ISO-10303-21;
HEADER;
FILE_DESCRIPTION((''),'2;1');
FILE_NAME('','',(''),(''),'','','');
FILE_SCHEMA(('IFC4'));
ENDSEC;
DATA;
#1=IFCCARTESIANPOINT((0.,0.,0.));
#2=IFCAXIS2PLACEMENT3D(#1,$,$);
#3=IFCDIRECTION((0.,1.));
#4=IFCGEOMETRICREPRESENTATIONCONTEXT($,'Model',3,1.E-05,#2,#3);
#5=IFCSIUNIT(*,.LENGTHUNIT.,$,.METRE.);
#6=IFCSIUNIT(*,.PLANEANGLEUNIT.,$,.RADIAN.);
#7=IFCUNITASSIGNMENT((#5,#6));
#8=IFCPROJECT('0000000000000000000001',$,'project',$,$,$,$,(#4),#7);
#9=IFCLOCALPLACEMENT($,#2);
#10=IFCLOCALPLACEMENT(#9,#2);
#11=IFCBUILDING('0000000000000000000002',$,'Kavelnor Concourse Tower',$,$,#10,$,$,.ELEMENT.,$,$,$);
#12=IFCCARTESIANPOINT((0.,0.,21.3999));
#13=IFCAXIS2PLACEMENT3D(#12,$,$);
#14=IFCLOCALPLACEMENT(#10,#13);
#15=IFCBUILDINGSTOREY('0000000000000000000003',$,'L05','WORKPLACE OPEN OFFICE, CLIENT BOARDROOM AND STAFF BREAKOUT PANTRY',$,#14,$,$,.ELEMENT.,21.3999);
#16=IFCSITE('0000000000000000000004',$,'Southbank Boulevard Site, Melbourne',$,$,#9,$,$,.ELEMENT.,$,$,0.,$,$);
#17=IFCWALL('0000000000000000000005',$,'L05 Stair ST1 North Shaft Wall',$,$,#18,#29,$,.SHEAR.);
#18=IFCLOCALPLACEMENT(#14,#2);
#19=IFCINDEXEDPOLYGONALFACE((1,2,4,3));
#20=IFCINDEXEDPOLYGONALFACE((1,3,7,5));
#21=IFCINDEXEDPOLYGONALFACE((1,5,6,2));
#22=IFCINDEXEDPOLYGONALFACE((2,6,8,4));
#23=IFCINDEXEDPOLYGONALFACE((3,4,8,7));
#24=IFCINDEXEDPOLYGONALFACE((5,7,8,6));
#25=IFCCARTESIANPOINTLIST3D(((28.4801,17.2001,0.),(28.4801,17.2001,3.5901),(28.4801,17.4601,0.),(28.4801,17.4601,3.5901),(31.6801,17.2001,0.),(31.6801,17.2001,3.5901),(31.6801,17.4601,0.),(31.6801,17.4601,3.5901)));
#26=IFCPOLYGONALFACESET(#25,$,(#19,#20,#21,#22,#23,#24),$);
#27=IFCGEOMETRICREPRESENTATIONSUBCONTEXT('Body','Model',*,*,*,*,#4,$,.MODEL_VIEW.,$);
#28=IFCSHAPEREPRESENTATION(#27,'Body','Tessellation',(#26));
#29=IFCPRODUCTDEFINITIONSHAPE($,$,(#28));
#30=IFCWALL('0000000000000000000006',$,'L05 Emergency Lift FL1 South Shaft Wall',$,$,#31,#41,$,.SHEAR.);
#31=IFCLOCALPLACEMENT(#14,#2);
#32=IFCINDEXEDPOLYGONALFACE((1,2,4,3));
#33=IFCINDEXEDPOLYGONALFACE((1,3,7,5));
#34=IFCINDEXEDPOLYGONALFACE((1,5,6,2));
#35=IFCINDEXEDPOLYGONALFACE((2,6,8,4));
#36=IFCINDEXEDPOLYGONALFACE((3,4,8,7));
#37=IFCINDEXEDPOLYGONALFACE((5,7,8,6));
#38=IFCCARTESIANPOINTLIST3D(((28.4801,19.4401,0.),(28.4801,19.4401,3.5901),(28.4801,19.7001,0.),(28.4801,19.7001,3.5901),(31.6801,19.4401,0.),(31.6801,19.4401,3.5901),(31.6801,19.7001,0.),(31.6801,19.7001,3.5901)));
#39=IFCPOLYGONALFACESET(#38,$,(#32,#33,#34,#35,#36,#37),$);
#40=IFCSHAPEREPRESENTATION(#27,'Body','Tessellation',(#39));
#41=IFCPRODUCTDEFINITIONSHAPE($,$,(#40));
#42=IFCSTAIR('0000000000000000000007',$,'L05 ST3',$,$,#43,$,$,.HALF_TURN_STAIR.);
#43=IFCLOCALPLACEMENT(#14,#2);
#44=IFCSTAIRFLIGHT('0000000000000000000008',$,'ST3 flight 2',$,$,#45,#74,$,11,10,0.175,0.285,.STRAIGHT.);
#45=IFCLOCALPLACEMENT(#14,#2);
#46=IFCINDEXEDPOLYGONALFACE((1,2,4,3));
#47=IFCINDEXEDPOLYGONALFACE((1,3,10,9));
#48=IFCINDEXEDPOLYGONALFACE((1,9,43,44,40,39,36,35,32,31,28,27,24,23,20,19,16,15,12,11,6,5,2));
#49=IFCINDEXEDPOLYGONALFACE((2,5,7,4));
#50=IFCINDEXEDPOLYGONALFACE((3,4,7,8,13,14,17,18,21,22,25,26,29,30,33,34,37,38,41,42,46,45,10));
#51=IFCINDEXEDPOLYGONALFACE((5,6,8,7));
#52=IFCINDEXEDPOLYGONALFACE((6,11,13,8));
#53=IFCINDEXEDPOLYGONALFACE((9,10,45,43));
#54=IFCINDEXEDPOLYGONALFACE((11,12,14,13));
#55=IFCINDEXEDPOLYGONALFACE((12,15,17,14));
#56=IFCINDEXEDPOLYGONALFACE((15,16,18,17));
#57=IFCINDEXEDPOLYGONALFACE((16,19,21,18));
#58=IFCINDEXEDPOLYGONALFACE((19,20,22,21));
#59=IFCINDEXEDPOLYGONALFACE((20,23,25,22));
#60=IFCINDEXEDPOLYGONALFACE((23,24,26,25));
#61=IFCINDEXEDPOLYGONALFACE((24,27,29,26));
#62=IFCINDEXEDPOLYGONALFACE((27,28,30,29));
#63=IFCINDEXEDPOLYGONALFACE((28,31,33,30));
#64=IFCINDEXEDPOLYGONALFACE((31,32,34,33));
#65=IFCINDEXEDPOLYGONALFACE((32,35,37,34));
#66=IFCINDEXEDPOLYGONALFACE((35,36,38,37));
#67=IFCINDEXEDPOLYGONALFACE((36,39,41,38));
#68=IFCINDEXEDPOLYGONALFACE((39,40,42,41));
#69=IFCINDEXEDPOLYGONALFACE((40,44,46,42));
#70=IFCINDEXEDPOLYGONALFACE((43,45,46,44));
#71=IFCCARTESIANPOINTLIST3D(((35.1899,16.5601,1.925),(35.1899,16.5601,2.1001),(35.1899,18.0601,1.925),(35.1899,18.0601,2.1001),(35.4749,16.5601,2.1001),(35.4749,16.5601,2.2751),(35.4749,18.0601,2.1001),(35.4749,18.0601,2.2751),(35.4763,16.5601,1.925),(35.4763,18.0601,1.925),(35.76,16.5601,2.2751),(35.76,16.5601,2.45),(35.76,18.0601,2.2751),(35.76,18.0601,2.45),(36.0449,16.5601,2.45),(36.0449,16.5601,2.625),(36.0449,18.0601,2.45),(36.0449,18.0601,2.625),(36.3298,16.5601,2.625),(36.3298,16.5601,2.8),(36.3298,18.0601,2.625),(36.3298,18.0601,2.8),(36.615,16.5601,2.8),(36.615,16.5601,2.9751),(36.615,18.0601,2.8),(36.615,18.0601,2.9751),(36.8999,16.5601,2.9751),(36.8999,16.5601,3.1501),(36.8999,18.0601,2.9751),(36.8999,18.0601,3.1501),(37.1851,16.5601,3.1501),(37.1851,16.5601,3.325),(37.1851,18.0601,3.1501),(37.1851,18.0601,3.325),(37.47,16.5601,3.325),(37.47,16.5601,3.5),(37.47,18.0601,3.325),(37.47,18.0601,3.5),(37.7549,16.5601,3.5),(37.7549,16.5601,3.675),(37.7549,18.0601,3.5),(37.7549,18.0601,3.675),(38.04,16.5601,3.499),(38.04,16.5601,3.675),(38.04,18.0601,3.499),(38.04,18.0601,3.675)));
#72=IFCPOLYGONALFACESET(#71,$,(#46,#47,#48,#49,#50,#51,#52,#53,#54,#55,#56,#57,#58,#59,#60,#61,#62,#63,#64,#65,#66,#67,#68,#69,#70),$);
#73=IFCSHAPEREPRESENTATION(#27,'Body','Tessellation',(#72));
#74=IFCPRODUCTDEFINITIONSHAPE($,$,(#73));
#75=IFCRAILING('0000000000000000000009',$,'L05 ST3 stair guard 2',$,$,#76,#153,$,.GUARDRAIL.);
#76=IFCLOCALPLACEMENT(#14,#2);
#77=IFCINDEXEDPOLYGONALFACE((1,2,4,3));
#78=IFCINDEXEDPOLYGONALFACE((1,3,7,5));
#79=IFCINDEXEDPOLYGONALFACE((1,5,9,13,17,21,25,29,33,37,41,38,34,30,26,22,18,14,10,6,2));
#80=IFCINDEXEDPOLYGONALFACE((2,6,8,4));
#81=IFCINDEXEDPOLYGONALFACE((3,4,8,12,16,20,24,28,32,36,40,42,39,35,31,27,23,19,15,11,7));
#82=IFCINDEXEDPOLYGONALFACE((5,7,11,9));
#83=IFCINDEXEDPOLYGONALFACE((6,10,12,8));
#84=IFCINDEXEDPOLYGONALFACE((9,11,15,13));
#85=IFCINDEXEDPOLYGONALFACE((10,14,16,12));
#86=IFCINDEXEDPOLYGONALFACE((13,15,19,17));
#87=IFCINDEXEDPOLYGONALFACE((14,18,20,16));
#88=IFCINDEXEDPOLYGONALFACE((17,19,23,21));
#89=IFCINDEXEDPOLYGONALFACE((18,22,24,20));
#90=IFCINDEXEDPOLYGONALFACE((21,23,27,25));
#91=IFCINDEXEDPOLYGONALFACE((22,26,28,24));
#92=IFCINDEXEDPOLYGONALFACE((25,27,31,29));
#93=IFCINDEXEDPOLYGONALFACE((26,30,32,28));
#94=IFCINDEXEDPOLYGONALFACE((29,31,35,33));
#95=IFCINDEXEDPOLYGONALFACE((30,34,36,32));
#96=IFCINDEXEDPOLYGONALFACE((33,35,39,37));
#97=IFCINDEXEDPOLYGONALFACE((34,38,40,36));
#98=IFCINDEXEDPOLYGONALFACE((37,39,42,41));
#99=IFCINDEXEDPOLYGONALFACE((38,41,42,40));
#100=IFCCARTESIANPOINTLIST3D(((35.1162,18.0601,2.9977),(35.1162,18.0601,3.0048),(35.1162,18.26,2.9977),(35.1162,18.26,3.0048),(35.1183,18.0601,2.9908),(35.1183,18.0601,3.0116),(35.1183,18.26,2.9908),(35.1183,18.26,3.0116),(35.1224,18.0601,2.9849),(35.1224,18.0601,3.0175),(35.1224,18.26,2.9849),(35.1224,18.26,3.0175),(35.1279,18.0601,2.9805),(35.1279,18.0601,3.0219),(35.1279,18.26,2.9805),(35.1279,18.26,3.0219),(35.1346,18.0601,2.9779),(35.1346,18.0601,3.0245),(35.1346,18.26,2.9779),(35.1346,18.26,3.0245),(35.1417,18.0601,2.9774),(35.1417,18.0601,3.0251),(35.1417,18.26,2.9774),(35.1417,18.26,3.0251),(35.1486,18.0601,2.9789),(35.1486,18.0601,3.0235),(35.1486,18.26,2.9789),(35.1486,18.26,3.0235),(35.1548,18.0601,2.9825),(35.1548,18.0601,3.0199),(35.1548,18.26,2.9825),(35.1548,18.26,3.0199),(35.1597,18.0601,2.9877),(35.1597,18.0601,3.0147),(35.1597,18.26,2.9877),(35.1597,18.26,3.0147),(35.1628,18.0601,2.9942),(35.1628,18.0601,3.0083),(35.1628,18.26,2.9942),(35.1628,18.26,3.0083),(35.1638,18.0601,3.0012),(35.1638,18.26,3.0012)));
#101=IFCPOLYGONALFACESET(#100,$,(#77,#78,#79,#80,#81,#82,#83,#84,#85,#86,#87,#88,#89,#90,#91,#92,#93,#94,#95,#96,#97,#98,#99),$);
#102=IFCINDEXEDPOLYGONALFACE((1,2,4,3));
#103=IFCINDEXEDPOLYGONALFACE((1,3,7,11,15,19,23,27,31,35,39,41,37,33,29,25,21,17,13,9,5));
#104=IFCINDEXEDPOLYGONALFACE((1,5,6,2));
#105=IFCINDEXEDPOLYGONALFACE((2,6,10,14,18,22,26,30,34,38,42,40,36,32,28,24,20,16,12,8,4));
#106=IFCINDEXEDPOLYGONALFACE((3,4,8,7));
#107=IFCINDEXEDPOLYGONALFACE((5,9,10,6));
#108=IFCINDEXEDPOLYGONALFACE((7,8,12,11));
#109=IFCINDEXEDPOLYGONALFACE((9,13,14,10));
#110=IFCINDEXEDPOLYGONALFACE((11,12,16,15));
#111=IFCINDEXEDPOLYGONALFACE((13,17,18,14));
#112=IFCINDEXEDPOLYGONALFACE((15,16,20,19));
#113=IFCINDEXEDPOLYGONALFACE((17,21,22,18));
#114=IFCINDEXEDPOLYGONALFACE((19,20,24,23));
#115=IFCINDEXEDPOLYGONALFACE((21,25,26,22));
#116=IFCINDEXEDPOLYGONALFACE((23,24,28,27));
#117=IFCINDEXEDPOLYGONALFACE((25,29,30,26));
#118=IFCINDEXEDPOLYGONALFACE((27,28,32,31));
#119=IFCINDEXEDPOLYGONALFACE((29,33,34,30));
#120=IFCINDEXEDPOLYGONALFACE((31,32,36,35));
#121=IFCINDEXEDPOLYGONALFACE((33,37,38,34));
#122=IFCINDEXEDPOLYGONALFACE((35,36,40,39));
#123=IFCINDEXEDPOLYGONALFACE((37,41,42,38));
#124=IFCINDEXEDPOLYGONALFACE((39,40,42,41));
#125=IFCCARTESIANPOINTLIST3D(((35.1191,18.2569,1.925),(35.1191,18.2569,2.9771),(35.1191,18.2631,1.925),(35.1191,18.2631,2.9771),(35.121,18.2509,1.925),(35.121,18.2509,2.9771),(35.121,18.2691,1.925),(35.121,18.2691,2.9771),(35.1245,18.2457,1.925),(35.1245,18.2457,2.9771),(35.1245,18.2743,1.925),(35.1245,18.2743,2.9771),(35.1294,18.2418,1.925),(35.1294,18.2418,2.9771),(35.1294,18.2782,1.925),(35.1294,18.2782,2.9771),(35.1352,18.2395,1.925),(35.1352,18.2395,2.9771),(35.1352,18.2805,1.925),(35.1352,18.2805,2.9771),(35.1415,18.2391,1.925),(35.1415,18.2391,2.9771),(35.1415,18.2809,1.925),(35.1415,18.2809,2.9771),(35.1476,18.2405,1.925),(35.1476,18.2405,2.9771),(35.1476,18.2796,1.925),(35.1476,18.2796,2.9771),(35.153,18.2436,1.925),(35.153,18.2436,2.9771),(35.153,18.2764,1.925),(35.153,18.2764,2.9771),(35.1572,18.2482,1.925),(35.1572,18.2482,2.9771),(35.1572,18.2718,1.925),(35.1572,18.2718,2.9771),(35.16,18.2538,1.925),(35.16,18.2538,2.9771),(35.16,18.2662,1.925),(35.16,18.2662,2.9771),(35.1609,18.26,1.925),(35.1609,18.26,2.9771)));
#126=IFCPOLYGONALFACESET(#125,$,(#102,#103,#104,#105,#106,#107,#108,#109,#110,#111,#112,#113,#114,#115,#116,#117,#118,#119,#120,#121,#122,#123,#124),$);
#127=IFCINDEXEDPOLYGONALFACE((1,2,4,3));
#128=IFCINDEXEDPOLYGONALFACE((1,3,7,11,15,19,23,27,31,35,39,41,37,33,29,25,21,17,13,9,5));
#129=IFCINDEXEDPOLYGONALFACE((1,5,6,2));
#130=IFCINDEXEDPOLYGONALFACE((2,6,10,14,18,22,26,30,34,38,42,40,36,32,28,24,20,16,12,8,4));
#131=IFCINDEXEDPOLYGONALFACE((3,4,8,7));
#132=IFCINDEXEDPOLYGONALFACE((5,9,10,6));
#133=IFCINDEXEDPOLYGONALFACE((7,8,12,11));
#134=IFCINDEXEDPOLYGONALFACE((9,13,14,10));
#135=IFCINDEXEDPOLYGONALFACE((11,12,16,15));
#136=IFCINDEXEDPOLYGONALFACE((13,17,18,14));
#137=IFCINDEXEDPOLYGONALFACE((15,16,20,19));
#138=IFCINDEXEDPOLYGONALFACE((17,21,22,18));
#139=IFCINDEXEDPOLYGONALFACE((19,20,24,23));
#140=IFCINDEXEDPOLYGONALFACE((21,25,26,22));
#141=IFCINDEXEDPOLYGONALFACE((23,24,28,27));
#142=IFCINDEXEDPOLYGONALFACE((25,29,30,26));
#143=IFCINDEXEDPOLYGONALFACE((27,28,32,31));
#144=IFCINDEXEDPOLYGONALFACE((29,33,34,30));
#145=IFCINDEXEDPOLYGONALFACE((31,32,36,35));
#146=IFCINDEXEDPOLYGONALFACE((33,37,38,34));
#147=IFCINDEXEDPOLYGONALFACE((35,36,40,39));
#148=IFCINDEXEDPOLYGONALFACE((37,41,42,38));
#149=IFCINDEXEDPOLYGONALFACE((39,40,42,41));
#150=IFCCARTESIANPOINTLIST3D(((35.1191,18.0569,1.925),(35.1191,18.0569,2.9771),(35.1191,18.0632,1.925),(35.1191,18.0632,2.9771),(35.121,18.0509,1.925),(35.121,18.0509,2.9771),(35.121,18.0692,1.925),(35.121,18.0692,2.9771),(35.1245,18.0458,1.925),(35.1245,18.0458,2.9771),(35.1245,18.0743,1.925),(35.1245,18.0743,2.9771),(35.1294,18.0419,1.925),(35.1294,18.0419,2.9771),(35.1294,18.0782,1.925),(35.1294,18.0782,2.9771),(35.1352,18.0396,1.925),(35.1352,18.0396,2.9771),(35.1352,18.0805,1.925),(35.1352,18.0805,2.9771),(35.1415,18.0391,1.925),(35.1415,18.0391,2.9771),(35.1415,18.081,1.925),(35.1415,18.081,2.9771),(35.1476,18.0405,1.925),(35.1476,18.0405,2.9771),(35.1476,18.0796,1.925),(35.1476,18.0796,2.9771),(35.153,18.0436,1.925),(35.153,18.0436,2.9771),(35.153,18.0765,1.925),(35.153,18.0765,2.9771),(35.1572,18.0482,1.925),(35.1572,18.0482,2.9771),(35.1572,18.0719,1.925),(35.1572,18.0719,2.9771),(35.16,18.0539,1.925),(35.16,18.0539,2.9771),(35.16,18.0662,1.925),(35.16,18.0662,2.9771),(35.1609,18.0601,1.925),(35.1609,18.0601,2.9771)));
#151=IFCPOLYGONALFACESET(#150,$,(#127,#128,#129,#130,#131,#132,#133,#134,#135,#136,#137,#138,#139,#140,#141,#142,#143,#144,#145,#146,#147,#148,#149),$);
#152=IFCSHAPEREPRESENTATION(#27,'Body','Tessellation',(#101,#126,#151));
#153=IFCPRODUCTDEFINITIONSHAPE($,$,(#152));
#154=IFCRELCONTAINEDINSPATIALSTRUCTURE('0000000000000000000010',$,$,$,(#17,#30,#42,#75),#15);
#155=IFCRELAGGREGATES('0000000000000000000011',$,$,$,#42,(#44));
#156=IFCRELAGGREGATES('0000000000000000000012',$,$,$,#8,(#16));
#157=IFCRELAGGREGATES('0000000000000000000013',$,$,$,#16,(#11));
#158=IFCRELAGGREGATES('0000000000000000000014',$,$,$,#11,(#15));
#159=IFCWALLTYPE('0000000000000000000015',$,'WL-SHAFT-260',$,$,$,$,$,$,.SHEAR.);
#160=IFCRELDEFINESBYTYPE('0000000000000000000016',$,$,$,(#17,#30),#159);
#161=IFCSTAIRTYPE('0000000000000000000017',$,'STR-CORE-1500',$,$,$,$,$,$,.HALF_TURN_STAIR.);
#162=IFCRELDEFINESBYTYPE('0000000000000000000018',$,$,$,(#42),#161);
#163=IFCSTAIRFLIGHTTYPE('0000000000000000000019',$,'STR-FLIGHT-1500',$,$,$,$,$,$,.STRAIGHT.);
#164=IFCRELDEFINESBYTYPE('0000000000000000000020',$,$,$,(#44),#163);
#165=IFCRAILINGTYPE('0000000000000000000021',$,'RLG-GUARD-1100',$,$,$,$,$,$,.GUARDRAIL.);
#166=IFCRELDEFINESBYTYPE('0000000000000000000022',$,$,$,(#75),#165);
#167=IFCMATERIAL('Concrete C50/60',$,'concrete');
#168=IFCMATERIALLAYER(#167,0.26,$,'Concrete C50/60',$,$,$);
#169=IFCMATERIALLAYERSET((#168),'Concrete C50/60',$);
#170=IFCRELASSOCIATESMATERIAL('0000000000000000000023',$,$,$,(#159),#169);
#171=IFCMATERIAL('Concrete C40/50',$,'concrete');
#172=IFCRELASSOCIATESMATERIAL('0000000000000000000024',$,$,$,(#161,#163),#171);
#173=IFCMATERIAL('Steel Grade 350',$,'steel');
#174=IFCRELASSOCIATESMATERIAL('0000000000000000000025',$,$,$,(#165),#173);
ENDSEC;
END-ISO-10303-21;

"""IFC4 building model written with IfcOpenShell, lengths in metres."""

from ifc_helpers import new_model, si_unit, direction, frame, frame_2d, origin, origin_2d, place, context, subcontext, project, spatial, polyline, rectangle, circle, outline, extrude, material, layer, layer_set, type_object, element, aggregate, save


model = new_model("IFC4")

# Units and contexts
model_context = context("Model", 3, precision=1e-05, world=origin(), true_north=direction((0.0, 1.0)))
body_context = subcontext(model_context, "Body", "Model", "MODEL_VIEW")
ifc_project = project(units=[si_unit("LENGTHUNIT", "METRE"), si_unit("PLANEANGLEUNIT", "RADIAN")], contexts=[model_context])

# Site, building, storey
site_placement = place(None, origin())
site = spatial("IfcSite", under=ifc_project, at=site_placement, Name="Southbank Boulevard Site, Melbourne", CompositionType="ELEMENT", RefElevation=0.0)
building_placement = place(site_placement, origin())
building = spatial("IfcBuilding", under=site, at=building_placement, Name="Kavelnor Concourse Tower", CompositionType="ELEMENT")
storey_placement = place(building_placement, frame((0.0, 0.0, 21.3999)))
storey = spatial("IfcBuildingStorey", under=building, at=storey_placement, Name="L05", Description="WORKPLACE OPEN OFFICE, CLIENT BOARDROOM AND STAFF BREAKOUT PANTRY", CompositionType="ELEMENT", Elevation=21.3999)

# Shared definitions
ifc_material_1 = material(Name="Steel Grade 350", Category="steel")

# Shared definitions
ifc_material_2 = material(Name="Concrete C50/60", Category="concrete")

# Walls
ifc_layer_1 = layer(ifc_material_2, 0.26, Name="Concrete C50/60")
ifc_layer_set_1 = layer_set([ifc_layer_1], Name="Concrete C50/60")
wall_type_1 = type_object("IfcWallType", Name="WL-SHAFT-260", PredefinedType="SHEAR", material=ifc_layer_set_1)
for number, where, z_axis, x_axis, name in (
    (1, (28.48, 17.3301, 0.0), (0.0, 0.0, 1.0), (1.0, 0.0, 0.0), "L05 Stair ST1 North Shaft Wall"),
    (2, (28.48, 19.5701, 0.0), (0.0, 0.0, 1.0), (1.0, 0.0, 0.0), "L05 Emergency Lift FL1 South Shaft Wall"),
):
    element("IfcWall", number, at=place(storey_placement, frame(where, z_axis=z_axis, x_axis=x_axis)), inside=storey, type_object=wall_type_1, Name=name, PredefinedType="SHEAR", context=body_context, shape_type="SweptSolid", body=[
        extrude(rectangle(XDim=3.2, YDim=0.26, at=frame_2d((1.6001, 0.0))), origin(), (0.0, 0.0, 1.0), 3.5901),
    ])

# Stair, stair flight
ifc_material_3 = material(Name="Concrete C40/50", Category="concrete")
stair_type = type_object("IfcStairType", Name="STR-CORE-1500", PredefinedType="HALF_TURN_STAIR", material=ifc_material_3)
stair_placement = place(storey_placement, origin())
stair = element("IfcStair", 3, at=stair_placement, inside=storey, type_object=stair_type, Name="L05 ST3", PredefinedType="HALF_TURN_STAIR")
stair_flight_type = type_object("IfcStairFlightType", Name="STR-FLIGHT-1500", PredefinedType="STRAIGHT", material=ifc_material_3)
stair_flight_placement = place(storey_placement, frame((35.1899, 17.3101, 1.925), z_axis=(0.0, 0.0, 1.0), x_axis=(1.0, 0.0, 0.0)))
stair_flight = element("IfcStairFlight", 4, at=stair_flight_placement, type_object=stair_flight_type, Name="ST3 flight 2", NumberOfRisers=11, NumberOfTreads=10, PredefinedType="STRAIGHT", RiserHeight=0.175, TreadLength=0.285, context=body_context, shape_type="SweptSolid", body=[
    extrude(outline(polyline([(0.0, 0.0), (0.0, 0.175), (0.2849, 0.175), (0.2849, 0.3501), (0.5701, 0.3501), (0.5701, 0.5249), (0.855, 0.5249), (0.855, 0.7), (1.1399, 0.7), (1.1399, 0.875), (1.425, 0.875), (1.425, 1.05), (1.71, 1.05), (1.71, 1.2251), (1.9951, 1.2251), (1.9951, 1.3999), (2.28, 1.3999), (2.28, 1.575), (2.5649, 1.575), (2.5649, 1.75), (2.8501, 1.75), (2.8501, 1.925), (2.8501, 1.574), (0.2864, 0.0), (0.0, 0.0)])), frame((0.0, 0.75, 0.0), z_axis=(0.0, -1.0, 0.0), x_axis=(1.0, 0.0, 0.0)), (0.0, 0.0, 1.0), 1.5),
])
aggregate(stair, [stair_flight])

# Railing
railing_type = type_object("IfcRailingType", Name="RLG-GUARD-1100", PredefinedType="GUARDRAIL", material=ifc_material_1)
railing_placement = place(storey_placement, frame((35.1399, 18.26, 1.925)))
element("IfcRailing", 5, at=railing_placement, inside=storey, type_object=railing_type, Name="L05 ST3 stair guard 2", PredefinedType="GUARDRAIL", context=body_context, shape_type="SweptSolid", body=[
    extrude(circle(Radius=0.0239, at=origin_2d()), frame((0.0, 0.0, 1.0762), z_axis=(0.0, -1.0, 0.0), x_axis=(1.0, 0.0, 0.0)), (0.0, 0.0, 1.0), 0.2),
    extrude(circle(Radius=0.021, at=origin_2d()), origin(), (0.0, 0.0, 1.0), 1.052),
    extrude(circle(Radius=0.021, at=origin_2d()), frame((0.0, -0.2, 0.0)), (0.0, 0.0, 1.0), 1.052),
])

save(model, "model.ifc")
